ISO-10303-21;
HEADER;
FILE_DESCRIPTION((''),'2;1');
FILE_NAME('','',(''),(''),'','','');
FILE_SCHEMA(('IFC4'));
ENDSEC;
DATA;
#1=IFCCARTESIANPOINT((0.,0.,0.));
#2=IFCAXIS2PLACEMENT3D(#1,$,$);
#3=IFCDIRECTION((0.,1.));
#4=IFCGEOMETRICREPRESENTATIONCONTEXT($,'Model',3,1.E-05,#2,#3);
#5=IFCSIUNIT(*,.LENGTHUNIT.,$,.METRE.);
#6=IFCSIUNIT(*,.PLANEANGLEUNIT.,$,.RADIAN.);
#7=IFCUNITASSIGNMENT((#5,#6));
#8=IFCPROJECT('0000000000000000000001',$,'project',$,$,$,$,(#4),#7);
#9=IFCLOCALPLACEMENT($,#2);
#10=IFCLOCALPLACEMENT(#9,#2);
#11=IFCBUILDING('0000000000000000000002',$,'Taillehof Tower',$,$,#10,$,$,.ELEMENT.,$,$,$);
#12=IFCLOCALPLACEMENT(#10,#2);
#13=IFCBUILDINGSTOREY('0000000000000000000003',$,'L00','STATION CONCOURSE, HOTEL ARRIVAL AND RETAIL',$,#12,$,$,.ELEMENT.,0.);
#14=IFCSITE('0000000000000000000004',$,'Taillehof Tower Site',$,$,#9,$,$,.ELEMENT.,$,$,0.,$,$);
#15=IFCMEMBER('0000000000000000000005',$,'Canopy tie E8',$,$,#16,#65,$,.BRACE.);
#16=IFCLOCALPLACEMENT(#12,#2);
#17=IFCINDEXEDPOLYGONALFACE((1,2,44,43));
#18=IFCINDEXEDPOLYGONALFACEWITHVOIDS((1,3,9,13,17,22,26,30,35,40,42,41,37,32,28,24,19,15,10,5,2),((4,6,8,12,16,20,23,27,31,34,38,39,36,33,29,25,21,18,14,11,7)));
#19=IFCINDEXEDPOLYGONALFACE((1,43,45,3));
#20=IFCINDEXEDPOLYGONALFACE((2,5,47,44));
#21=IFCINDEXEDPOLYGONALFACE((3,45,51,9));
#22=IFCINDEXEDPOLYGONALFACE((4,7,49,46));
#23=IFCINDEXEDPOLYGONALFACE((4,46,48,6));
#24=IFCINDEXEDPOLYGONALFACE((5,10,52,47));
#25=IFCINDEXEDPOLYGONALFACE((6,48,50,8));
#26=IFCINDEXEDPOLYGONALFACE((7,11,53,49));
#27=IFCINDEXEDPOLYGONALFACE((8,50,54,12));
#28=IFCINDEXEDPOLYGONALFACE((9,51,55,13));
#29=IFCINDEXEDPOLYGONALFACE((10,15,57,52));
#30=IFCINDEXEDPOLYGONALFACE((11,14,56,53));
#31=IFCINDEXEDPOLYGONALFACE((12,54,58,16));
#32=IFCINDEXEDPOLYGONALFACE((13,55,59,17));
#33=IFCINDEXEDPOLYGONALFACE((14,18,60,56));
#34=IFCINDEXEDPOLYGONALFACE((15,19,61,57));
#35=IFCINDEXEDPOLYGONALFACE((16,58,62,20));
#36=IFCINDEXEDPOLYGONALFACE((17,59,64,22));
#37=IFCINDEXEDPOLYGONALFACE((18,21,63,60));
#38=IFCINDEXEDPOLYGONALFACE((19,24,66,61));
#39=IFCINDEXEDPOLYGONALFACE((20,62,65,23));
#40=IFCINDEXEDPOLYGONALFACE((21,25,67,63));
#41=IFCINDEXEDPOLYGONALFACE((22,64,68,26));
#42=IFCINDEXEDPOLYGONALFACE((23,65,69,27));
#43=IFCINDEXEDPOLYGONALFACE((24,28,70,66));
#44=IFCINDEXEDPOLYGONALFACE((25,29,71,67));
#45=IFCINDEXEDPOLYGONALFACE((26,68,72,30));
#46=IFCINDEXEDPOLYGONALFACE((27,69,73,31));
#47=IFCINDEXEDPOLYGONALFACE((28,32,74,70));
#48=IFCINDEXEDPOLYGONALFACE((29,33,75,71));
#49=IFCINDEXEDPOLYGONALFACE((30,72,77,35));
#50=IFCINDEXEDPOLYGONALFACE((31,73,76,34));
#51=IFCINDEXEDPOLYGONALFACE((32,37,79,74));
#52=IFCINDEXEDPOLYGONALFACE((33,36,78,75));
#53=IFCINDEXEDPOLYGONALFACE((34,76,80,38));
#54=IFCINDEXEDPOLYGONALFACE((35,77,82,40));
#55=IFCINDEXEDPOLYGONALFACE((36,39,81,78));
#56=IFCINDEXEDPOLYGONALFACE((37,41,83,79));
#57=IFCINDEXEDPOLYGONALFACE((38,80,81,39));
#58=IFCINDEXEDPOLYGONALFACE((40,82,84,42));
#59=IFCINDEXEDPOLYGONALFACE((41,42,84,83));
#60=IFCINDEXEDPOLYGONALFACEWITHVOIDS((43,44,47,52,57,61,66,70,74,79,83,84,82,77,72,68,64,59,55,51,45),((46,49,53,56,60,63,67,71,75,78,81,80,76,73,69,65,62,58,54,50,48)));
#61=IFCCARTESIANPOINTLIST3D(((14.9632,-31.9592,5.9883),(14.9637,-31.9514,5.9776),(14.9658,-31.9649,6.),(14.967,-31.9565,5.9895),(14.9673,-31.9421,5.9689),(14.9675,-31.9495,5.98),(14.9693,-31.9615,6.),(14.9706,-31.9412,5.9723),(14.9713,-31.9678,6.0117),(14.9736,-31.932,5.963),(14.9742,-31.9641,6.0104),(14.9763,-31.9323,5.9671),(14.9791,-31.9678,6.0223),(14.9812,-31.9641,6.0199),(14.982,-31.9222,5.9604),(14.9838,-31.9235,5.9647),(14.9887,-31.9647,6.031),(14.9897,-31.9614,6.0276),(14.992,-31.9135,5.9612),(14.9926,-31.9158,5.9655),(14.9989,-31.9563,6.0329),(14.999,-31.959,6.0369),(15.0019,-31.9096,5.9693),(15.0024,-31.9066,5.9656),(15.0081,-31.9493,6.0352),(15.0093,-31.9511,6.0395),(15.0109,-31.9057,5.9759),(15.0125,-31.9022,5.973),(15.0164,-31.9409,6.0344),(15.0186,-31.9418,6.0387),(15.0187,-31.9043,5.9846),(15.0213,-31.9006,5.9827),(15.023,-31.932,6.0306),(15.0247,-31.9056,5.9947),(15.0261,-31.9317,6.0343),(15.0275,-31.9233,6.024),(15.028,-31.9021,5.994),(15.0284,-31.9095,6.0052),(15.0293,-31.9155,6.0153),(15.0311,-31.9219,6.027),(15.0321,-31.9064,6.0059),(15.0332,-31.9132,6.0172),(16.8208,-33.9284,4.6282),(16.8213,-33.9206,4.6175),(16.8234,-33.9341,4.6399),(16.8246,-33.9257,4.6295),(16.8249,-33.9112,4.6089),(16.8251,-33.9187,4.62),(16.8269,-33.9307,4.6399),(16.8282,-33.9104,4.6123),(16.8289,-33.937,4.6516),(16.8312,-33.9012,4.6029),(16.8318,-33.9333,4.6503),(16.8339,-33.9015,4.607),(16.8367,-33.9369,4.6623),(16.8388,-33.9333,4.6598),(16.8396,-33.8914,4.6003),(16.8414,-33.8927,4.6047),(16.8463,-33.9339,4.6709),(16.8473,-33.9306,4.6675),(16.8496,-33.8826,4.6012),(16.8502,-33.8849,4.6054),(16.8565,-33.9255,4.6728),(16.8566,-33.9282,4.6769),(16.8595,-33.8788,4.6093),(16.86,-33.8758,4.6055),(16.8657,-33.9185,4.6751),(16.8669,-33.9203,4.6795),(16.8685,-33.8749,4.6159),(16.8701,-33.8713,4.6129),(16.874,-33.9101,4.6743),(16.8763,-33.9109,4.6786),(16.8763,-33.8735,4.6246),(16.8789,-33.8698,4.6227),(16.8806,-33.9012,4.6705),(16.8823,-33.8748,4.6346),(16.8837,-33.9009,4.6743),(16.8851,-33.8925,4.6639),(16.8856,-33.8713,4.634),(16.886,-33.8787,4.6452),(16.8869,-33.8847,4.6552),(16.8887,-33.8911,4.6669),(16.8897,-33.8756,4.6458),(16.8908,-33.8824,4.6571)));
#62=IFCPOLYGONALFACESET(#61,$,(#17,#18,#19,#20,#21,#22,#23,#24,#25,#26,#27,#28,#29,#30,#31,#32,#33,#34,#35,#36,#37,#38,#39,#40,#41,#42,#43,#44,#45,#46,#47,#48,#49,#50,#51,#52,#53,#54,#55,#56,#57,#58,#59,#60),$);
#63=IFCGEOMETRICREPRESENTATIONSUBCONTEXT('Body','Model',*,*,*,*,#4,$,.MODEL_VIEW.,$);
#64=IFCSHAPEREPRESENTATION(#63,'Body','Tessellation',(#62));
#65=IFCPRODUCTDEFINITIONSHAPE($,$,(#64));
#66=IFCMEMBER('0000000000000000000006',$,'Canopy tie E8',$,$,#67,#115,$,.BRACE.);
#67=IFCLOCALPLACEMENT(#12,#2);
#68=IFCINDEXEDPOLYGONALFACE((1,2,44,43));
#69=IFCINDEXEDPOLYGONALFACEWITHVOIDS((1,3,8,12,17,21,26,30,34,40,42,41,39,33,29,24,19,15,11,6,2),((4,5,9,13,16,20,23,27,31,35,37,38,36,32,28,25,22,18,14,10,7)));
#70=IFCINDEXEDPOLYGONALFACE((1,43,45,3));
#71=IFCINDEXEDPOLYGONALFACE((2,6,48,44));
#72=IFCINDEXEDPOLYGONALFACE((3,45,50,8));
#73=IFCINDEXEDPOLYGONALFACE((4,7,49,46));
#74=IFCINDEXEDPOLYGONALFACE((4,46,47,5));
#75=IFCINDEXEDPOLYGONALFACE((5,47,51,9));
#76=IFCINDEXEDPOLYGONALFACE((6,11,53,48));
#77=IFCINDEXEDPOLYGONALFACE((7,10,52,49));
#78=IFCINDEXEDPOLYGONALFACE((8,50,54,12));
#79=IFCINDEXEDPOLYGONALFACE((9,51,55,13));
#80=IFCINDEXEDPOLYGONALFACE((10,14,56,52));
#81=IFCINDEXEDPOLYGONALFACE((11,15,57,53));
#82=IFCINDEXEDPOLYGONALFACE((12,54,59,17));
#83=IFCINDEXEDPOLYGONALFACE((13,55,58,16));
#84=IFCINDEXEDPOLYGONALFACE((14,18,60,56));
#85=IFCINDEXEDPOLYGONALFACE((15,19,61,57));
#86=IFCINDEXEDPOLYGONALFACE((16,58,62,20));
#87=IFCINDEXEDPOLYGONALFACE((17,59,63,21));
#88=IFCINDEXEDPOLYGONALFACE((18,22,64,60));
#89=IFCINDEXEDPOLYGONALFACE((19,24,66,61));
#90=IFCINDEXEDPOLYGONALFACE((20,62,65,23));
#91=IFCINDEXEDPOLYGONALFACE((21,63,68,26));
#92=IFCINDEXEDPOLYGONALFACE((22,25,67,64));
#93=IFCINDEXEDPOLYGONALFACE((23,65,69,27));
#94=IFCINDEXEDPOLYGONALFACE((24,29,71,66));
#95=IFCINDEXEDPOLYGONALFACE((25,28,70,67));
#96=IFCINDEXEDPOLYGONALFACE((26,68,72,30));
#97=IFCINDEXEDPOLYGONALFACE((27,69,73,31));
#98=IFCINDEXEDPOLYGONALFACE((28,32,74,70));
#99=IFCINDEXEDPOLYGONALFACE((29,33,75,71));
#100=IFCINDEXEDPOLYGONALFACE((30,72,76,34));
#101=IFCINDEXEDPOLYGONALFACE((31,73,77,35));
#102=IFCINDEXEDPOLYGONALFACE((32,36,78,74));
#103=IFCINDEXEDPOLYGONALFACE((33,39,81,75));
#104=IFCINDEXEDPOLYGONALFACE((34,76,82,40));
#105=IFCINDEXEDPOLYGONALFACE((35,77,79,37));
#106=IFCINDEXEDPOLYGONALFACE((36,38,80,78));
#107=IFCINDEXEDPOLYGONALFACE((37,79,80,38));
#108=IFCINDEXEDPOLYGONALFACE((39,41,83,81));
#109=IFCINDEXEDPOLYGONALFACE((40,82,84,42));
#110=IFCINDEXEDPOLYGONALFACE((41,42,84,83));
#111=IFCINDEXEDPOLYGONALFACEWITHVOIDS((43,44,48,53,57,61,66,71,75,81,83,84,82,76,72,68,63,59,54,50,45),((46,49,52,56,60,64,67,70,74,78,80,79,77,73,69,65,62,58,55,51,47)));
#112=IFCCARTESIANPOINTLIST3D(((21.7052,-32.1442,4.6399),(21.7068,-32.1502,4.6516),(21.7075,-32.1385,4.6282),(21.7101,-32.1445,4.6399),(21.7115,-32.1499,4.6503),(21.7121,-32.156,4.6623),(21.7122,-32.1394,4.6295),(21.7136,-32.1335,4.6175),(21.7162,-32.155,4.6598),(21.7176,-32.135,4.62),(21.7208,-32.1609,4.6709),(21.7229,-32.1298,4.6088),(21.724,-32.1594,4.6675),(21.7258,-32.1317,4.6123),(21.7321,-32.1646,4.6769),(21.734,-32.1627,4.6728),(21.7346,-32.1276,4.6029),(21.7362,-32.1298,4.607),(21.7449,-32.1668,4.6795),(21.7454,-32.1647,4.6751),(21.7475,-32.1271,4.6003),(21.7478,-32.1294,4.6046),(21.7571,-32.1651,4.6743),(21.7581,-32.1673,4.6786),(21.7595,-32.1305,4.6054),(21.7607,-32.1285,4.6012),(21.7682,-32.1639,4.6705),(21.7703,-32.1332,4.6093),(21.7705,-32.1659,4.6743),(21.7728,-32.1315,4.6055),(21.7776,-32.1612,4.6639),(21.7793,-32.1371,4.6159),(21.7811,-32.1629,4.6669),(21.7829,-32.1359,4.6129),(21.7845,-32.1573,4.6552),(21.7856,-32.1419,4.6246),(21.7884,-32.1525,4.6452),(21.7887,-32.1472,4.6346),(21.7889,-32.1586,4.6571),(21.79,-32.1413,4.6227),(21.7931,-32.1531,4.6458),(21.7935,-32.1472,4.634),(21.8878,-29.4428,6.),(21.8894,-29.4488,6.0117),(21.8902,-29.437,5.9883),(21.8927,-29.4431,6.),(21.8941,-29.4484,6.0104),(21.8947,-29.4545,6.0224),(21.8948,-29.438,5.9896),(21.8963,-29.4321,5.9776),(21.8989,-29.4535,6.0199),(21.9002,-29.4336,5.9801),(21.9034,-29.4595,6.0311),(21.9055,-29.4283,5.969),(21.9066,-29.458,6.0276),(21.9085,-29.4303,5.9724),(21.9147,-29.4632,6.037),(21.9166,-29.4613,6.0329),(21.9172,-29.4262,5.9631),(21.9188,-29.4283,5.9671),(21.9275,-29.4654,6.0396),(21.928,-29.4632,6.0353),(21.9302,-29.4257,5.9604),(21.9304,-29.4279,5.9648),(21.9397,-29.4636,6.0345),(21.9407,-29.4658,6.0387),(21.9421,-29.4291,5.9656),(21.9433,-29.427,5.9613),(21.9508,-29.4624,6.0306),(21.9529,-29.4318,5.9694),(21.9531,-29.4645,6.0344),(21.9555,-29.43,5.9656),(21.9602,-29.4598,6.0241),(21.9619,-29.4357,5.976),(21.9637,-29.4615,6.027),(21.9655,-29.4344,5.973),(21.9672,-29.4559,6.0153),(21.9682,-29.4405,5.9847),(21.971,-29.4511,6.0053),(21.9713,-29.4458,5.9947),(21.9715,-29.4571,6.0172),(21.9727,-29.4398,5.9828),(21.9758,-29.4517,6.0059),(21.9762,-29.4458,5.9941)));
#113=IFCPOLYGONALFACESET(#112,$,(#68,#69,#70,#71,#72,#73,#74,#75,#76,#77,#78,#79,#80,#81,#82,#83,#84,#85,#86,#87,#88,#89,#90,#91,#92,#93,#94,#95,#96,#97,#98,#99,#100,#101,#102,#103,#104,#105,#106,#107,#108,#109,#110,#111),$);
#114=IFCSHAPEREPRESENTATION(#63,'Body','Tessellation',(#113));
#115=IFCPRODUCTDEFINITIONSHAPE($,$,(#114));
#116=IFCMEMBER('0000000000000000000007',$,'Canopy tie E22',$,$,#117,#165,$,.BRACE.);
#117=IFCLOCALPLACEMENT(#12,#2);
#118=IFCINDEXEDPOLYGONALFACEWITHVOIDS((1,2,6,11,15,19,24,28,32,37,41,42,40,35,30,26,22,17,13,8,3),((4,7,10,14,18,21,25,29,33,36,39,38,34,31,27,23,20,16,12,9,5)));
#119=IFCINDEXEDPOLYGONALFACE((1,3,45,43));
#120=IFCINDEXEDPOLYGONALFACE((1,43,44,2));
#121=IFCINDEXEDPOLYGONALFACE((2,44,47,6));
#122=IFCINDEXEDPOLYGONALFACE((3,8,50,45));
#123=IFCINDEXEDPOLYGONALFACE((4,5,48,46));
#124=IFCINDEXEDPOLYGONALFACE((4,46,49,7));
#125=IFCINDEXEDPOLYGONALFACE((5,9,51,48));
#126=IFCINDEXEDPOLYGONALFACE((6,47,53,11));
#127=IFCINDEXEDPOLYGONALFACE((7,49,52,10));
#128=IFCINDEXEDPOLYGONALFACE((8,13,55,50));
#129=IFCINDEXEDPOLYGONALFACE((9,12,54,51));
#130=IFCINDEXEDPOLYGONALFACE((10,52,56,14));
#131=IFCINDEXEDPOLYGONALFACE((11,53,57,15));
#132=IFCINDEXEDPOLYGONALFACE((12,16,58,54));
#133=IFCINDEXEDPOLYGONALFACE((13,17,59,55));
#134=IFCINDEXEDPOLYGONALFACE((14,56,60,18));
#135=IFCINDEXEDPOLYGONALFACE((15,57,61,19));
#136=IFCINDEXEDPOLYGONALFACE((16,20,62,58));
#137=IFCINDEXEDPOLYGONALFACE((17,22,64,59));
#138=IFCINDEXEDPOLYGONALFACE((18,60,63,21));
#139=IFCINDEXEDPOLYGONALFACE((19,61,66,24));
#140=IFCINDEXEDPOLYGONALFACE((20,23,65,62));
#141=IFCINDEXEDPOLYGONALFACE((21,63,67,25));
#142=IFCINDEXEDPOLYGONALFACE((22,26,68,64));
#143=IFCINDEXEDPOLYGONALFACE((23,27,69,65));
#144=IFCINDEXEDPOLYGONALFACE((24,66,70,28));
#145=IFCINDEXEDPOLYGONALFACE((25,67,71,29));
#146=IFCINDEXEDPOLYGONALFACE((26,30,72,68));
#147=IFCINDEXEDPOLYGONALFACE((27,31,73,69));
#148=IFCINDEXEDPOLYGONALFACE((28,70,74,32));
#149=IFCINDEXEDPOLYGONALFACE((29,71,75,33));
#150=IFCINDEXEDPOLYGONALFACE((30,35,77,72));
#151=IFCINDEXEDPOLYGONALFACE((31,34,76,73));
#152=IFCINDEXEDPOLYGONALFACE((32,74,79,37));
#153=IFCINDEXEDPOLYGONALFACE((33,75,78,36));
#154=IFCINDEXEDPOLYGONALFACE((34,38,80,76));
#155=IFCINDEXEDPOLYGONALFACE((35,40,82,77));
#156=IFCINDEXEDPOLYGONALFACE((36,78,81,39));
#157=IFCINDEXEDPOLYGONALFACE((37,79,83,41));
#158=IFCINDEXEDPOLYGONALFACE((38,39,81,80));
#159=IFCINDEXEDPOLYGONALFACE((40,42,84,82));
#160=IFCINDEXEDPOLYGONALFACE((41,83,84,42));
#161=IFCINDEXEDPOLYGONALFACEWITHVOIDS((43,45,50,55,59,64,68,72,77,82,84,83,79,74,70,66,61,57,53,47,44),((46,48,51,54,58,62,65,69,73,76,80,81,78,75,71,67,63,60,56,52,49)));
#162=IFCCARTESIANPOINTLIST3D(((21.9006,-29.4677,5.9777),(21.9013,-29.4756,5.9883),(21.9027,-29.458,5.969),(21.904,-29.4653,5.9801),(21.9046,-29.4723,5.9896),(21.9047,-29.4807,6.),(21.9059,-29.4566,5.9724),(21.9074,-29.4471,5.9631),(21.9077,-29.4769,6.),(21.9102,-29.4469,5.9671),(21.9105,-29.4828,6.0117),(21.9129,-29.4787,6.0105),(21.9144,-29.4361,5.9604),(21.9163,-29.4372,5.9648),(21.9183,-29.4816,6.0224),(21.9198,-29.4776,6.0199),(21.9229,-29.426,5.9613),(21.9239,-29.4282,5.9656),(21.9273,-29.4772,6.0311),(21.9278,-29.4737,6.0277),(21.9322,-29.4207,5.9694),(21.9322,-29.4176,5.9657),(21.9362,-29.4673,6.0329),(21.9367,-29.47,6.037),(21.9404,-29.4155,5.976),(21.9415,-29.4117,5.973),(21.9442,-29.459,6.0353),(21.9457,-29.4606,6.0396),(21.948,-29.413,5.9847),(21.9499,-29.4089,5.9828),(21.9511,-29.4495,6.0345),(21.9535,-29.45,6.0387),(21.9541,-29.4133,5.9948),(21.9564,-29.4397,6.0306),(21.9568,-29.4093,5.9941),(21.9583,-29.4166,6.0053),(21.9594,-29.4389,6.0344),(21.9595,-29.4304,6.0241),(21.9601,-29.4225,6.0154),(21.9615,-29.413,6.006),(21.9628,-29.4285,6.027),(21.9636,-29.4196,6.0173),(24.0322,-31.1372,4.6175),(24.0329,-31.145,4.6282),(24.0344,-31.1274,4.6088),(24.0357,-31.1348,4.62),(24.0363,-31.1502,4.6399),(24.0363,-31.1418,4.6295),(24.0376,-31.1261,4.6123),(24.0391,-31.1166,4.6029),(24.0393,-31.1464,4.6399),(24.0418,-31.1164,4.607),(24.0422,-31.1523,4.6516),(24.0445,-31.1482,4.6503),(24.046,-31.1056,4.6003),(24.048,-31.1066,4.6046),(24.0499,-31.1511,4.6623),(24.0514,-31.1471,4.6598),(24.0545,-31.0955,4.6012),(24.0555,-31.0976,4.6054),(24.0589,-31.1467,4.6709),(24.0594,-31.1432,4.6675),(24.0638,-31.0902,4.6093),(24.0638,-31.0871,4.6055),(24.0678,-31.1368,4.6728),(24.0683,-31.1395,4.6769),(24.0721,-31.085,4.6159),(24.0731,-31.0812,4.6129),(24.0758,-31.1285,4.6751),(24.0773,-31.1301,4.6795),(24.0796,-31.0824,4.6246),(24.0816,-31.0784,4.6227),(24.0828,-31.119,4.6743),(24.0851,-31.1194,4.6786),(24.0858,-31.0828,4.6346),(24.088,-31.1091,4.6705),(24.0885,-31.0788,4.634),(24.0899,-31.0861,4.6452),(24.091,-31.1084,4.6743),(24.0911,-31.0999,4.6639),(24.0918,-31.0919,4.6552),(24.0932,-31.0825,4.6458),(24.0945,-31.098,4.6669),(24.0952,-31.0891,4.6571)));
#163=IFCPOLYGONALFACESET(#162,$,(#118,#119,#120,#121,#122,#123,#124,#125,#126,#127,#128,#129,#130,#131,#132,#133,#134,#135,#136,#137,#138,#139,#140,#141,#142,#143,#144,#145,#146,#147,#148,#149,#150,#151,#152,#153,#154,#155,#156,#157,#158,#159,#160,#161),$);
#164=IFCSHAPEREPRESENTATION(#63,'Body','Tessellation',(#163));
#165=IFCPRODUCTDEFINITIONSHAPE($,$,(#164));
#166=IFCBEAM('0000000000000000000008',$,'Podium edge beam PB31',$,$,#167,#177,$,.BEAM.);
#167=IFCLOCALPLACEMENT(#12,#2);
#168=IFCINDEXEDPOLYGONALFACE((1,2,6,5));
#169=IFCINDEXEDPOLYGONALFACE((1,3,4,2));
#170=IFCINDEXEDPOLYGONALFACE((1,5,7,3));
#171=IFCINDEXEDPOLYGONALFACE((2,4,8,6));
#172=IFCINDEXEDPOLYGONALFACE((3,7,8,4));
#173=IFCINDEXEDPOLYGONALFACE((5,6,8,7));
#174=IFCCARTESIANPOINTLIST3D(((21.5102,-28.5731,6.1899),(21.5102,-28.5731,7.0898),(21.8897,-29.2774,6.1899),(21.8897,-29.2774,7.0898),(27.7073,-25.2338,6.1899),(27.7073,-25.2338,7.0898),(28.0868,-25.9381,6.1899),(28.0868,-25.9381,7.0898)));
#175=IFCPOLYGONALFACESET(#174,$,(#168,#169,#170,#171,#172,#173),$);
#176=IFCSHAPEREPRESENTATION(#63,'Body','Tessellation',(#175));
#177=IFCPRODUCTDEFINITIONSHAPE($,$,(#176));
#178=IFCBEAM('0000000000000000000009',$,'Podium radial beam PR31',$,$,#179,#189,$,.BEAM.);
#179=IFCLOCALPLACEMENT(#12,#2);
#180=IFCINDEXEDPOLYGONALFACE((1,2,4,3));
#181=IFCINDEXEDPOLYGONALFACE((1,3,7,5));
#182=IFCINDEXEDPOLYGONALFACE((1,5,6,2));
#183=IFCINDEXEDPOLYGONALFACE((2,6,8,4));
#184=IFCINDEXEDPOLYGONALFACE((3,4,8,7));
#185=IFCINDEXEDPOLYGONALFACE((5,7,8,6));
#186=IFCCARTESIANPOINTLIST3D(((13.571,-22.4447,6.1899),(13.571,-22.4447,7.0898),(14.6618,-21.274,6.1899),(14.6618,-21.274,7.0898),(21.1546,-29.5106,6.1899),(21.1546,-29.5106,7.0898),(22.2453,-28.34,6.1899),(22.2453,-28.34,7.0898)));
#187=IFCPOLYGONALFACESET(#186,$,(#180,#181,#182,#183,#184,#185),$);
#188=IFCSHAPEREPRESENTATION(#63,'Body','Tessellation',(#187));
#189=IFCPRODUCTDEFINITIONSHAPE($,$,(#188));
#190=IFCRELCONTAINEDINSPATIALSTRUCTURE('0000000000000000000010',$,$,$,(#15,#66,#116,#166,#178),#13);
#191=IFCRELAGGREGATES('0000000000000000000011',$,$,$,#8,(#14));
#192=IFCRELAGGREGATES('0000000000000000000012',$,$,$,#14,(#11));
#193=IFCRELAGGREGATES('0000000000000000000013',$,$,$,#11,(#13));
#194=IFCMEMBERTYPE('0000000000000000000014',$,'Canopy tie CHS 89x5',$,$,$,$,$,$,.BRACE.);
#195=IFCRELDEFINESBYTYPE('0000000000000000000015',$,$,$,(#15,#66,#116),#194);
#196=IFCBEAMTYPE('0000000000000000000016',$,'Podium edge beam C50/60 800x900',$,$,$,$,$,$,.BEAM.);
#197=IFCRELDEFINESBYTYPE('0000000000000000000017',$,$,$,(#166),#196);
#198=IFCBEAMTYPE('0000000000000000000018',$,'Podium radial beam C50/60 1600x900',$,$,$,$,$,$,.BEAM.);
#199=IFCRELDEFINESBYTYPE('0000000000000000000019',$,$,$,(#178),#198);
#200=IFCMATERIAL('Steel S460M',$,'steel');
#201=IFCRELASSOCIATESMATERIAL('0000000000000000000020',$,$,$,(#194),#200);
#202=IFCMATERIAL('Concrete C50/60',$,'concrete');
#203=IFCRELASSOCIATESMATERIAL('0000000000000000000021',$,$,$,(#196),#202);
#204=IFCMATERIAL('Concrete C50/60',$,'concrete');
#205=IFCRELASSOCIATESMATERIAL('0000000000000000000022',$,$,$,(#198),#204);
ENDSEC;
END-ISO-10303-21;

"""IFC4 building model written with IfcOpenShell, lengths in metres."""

from ifc_helpers import new_model, si_unit, direction, frame, origin, origin_2d, place, context, subcontext, project, spatial, rectangle, hollow_circle, extrude, material, material_profile, profile_set, type_object, element, save


model = new_model("IFC4")

# Units and contexts
model_context = context("Model", 3, precision=1e-05, world=origin(), true_north=direction((0.0, 1.0)))
body_context = subcontext(model_context, "Body", "Model", "MODEL_VIEW")
ifc_project = project(units=[si_unit("LENGTHUNIT", "METRE"), si_unit("PLANEANGLEUNIT", "RADIAN")], contexts=[model_context])

# Site, building, storey
site_placement = place(None, origin())
site = spatial("IfcSite", under=ifc_project, at=site_placement, Name="Taillehof Tower Site", CompositionType="ELEMENT", RefElevation=0.0)
building_placement = place(site_placement, origin())
building = spatial("IfcBuilding", under=site, at=building_placement, Name="Taillehof Tower", CompositionType="ELEMENT")
storey_placement = place(building_placement, origin())
storey = spatial("IfcBuildingStorey", under=building, at=storey_placement, Name="L00", Description="STATION CONCOURSE, HOTEL ARRIVAL AND RETAIL", CompositionType="ELEMENT", Elevation=0.0)

# Members
ifc_material_1 = material(Name="Steel S460M", Category="steel")
ifc_material_profile_1 = material_profile(ifc_material_1, hollow_circle(Radius=0.0444, WallThickness=0.0049, at=origin_2d()), Name="CHS 89x5")
ifc_profile_set_1 = profile_set([ifc_material_profile_1], Name="Steel S460M")
member_type = type_object("IfcMemberType", Name="Canopy tie CHS 89x5", PredefinedType="BRACE", material=ifc_profile_set_1)
member_placement = place(storey_placement, frame((16.8557, -33.9036, 4.6399), z_axis=(-0.613164, 0.649991, 0.448934), x_axis=(-0.727413, -0.6862, 0.0)))
element("IfcMember", 1, at=member_placement, inside=storey, type_object=member_type, Name="Canopy tie E8", PredefinedType="BRACE", context=body_context, shape_type="SweptSolid", body=[
    extrude(hollow_circle(Radius=0.0444, WallThickness=0.0049, at=origin_2d()), origin(), (0.0, 0.0, 1.0), 3.0295),
])
for number, where, z_axis, x_axis, name in (
    (2, (21.7495, -32.1472, 4.6399), (0.06027, 0.891557, 0.448881), (-0.997723, 0.067447, 0.0), "Canopy tie E8"),
    (3, (24.0637, -31.1152, 4.6399), (-0.703508, 0.550978, 0.448888), (-0.61659, -0.787284, 0.0), "Canopy tie E22"),
):
    element("IfcMember", number, at=place(storey_placement, frame(where, z_axis=z_axis, x_axis=x_axis)), inside=storey, type_object=member_type, Name=name, PredefinedType="BRACE", context=body_context, shape_type="SweptSolid", body=[
        extrude(hollow_circle(Radius=0.0444, WallThickness=0.0049, at=origin_2d()), origin(), (0.0, 0.0, 1.0), 3.03),
    ])

# Beams
ifc_material_2 = material(Name="Concrete C50/60", Category="concrete")
ifc_material_profile_2 = material_profile(ifc_material_2, rectangle(XDim=0.8, YDim=0.8999, at=origin_2d()), Name="RC 800x900")
ifc_profile_set_2 = profile_set([ifc_material_profile_2], Name="Concrete C50/60")
beam_type_1 = type_object("IfcBeamType", Name="Podium edge beam C50/60 800x900", PredefinedType="BEAM", material=ifc_profile_set_2)
beam_1_placement = place(storey_placement, frame((21.7, -28.9253, 6.6399), z_axis=(0.880323, 0.474375, 0.0), x_axis=(-0.474375, 0.880323, 0.0)))
element("IfcBeam", 4, at=beam_1_placement, inside=storey, type_object=beam_type_1, Name="Podium edge beam PB31", PredefinedType="BEAM", context=body_context, shape_type="SweptSolid", body=[
    extrude(rectangle(XDim=0.8, YDim=0.8999, at=origin_2d()), origin(), (0.0, 0.0, 1.0), 7.0396),
])
ifc_material_3 = material(Name="Concrete C50/60", Category="concrete")
ifc_material_profile_3 = material_profile(ifc_material_3, rectangle(XDim=1.6001, YDim=0.8999, at=origin_2d()), Name="RC 1600x900")
ifc_profile_set_3 = profile_set([ifc_material_profile_3], Name="Concrete C50/60")
beam_type_2 = type_object("IfcBeamType", Name="Podium radial beam C50/60 1600x900", PredefinedType="BEAM", material=ifc_profile_set_3)
beam_2_placement = place(storey_placement, frame((21.7, -28.9253, 6.6399), z_axis=(-0.731633, 0.681699, 0.0), x_axis=(-0.681699, -0.731633, 0.0)))
element("IfcBeam", 5, at=beam_2_placement, inside=storey, type_object=beam_type_2, Name="Podium radial beam PR31", PredefinedType="BEAM", context=body_context, shape_type="SweptSolid", body=[
    extrude(rectangle(XDim=1.6001, YDim=0.8999, at=origin_2d()), origin(), (0.0, 0.0, 1.0), 10.3652),
])

save(model, "model.ifc")
